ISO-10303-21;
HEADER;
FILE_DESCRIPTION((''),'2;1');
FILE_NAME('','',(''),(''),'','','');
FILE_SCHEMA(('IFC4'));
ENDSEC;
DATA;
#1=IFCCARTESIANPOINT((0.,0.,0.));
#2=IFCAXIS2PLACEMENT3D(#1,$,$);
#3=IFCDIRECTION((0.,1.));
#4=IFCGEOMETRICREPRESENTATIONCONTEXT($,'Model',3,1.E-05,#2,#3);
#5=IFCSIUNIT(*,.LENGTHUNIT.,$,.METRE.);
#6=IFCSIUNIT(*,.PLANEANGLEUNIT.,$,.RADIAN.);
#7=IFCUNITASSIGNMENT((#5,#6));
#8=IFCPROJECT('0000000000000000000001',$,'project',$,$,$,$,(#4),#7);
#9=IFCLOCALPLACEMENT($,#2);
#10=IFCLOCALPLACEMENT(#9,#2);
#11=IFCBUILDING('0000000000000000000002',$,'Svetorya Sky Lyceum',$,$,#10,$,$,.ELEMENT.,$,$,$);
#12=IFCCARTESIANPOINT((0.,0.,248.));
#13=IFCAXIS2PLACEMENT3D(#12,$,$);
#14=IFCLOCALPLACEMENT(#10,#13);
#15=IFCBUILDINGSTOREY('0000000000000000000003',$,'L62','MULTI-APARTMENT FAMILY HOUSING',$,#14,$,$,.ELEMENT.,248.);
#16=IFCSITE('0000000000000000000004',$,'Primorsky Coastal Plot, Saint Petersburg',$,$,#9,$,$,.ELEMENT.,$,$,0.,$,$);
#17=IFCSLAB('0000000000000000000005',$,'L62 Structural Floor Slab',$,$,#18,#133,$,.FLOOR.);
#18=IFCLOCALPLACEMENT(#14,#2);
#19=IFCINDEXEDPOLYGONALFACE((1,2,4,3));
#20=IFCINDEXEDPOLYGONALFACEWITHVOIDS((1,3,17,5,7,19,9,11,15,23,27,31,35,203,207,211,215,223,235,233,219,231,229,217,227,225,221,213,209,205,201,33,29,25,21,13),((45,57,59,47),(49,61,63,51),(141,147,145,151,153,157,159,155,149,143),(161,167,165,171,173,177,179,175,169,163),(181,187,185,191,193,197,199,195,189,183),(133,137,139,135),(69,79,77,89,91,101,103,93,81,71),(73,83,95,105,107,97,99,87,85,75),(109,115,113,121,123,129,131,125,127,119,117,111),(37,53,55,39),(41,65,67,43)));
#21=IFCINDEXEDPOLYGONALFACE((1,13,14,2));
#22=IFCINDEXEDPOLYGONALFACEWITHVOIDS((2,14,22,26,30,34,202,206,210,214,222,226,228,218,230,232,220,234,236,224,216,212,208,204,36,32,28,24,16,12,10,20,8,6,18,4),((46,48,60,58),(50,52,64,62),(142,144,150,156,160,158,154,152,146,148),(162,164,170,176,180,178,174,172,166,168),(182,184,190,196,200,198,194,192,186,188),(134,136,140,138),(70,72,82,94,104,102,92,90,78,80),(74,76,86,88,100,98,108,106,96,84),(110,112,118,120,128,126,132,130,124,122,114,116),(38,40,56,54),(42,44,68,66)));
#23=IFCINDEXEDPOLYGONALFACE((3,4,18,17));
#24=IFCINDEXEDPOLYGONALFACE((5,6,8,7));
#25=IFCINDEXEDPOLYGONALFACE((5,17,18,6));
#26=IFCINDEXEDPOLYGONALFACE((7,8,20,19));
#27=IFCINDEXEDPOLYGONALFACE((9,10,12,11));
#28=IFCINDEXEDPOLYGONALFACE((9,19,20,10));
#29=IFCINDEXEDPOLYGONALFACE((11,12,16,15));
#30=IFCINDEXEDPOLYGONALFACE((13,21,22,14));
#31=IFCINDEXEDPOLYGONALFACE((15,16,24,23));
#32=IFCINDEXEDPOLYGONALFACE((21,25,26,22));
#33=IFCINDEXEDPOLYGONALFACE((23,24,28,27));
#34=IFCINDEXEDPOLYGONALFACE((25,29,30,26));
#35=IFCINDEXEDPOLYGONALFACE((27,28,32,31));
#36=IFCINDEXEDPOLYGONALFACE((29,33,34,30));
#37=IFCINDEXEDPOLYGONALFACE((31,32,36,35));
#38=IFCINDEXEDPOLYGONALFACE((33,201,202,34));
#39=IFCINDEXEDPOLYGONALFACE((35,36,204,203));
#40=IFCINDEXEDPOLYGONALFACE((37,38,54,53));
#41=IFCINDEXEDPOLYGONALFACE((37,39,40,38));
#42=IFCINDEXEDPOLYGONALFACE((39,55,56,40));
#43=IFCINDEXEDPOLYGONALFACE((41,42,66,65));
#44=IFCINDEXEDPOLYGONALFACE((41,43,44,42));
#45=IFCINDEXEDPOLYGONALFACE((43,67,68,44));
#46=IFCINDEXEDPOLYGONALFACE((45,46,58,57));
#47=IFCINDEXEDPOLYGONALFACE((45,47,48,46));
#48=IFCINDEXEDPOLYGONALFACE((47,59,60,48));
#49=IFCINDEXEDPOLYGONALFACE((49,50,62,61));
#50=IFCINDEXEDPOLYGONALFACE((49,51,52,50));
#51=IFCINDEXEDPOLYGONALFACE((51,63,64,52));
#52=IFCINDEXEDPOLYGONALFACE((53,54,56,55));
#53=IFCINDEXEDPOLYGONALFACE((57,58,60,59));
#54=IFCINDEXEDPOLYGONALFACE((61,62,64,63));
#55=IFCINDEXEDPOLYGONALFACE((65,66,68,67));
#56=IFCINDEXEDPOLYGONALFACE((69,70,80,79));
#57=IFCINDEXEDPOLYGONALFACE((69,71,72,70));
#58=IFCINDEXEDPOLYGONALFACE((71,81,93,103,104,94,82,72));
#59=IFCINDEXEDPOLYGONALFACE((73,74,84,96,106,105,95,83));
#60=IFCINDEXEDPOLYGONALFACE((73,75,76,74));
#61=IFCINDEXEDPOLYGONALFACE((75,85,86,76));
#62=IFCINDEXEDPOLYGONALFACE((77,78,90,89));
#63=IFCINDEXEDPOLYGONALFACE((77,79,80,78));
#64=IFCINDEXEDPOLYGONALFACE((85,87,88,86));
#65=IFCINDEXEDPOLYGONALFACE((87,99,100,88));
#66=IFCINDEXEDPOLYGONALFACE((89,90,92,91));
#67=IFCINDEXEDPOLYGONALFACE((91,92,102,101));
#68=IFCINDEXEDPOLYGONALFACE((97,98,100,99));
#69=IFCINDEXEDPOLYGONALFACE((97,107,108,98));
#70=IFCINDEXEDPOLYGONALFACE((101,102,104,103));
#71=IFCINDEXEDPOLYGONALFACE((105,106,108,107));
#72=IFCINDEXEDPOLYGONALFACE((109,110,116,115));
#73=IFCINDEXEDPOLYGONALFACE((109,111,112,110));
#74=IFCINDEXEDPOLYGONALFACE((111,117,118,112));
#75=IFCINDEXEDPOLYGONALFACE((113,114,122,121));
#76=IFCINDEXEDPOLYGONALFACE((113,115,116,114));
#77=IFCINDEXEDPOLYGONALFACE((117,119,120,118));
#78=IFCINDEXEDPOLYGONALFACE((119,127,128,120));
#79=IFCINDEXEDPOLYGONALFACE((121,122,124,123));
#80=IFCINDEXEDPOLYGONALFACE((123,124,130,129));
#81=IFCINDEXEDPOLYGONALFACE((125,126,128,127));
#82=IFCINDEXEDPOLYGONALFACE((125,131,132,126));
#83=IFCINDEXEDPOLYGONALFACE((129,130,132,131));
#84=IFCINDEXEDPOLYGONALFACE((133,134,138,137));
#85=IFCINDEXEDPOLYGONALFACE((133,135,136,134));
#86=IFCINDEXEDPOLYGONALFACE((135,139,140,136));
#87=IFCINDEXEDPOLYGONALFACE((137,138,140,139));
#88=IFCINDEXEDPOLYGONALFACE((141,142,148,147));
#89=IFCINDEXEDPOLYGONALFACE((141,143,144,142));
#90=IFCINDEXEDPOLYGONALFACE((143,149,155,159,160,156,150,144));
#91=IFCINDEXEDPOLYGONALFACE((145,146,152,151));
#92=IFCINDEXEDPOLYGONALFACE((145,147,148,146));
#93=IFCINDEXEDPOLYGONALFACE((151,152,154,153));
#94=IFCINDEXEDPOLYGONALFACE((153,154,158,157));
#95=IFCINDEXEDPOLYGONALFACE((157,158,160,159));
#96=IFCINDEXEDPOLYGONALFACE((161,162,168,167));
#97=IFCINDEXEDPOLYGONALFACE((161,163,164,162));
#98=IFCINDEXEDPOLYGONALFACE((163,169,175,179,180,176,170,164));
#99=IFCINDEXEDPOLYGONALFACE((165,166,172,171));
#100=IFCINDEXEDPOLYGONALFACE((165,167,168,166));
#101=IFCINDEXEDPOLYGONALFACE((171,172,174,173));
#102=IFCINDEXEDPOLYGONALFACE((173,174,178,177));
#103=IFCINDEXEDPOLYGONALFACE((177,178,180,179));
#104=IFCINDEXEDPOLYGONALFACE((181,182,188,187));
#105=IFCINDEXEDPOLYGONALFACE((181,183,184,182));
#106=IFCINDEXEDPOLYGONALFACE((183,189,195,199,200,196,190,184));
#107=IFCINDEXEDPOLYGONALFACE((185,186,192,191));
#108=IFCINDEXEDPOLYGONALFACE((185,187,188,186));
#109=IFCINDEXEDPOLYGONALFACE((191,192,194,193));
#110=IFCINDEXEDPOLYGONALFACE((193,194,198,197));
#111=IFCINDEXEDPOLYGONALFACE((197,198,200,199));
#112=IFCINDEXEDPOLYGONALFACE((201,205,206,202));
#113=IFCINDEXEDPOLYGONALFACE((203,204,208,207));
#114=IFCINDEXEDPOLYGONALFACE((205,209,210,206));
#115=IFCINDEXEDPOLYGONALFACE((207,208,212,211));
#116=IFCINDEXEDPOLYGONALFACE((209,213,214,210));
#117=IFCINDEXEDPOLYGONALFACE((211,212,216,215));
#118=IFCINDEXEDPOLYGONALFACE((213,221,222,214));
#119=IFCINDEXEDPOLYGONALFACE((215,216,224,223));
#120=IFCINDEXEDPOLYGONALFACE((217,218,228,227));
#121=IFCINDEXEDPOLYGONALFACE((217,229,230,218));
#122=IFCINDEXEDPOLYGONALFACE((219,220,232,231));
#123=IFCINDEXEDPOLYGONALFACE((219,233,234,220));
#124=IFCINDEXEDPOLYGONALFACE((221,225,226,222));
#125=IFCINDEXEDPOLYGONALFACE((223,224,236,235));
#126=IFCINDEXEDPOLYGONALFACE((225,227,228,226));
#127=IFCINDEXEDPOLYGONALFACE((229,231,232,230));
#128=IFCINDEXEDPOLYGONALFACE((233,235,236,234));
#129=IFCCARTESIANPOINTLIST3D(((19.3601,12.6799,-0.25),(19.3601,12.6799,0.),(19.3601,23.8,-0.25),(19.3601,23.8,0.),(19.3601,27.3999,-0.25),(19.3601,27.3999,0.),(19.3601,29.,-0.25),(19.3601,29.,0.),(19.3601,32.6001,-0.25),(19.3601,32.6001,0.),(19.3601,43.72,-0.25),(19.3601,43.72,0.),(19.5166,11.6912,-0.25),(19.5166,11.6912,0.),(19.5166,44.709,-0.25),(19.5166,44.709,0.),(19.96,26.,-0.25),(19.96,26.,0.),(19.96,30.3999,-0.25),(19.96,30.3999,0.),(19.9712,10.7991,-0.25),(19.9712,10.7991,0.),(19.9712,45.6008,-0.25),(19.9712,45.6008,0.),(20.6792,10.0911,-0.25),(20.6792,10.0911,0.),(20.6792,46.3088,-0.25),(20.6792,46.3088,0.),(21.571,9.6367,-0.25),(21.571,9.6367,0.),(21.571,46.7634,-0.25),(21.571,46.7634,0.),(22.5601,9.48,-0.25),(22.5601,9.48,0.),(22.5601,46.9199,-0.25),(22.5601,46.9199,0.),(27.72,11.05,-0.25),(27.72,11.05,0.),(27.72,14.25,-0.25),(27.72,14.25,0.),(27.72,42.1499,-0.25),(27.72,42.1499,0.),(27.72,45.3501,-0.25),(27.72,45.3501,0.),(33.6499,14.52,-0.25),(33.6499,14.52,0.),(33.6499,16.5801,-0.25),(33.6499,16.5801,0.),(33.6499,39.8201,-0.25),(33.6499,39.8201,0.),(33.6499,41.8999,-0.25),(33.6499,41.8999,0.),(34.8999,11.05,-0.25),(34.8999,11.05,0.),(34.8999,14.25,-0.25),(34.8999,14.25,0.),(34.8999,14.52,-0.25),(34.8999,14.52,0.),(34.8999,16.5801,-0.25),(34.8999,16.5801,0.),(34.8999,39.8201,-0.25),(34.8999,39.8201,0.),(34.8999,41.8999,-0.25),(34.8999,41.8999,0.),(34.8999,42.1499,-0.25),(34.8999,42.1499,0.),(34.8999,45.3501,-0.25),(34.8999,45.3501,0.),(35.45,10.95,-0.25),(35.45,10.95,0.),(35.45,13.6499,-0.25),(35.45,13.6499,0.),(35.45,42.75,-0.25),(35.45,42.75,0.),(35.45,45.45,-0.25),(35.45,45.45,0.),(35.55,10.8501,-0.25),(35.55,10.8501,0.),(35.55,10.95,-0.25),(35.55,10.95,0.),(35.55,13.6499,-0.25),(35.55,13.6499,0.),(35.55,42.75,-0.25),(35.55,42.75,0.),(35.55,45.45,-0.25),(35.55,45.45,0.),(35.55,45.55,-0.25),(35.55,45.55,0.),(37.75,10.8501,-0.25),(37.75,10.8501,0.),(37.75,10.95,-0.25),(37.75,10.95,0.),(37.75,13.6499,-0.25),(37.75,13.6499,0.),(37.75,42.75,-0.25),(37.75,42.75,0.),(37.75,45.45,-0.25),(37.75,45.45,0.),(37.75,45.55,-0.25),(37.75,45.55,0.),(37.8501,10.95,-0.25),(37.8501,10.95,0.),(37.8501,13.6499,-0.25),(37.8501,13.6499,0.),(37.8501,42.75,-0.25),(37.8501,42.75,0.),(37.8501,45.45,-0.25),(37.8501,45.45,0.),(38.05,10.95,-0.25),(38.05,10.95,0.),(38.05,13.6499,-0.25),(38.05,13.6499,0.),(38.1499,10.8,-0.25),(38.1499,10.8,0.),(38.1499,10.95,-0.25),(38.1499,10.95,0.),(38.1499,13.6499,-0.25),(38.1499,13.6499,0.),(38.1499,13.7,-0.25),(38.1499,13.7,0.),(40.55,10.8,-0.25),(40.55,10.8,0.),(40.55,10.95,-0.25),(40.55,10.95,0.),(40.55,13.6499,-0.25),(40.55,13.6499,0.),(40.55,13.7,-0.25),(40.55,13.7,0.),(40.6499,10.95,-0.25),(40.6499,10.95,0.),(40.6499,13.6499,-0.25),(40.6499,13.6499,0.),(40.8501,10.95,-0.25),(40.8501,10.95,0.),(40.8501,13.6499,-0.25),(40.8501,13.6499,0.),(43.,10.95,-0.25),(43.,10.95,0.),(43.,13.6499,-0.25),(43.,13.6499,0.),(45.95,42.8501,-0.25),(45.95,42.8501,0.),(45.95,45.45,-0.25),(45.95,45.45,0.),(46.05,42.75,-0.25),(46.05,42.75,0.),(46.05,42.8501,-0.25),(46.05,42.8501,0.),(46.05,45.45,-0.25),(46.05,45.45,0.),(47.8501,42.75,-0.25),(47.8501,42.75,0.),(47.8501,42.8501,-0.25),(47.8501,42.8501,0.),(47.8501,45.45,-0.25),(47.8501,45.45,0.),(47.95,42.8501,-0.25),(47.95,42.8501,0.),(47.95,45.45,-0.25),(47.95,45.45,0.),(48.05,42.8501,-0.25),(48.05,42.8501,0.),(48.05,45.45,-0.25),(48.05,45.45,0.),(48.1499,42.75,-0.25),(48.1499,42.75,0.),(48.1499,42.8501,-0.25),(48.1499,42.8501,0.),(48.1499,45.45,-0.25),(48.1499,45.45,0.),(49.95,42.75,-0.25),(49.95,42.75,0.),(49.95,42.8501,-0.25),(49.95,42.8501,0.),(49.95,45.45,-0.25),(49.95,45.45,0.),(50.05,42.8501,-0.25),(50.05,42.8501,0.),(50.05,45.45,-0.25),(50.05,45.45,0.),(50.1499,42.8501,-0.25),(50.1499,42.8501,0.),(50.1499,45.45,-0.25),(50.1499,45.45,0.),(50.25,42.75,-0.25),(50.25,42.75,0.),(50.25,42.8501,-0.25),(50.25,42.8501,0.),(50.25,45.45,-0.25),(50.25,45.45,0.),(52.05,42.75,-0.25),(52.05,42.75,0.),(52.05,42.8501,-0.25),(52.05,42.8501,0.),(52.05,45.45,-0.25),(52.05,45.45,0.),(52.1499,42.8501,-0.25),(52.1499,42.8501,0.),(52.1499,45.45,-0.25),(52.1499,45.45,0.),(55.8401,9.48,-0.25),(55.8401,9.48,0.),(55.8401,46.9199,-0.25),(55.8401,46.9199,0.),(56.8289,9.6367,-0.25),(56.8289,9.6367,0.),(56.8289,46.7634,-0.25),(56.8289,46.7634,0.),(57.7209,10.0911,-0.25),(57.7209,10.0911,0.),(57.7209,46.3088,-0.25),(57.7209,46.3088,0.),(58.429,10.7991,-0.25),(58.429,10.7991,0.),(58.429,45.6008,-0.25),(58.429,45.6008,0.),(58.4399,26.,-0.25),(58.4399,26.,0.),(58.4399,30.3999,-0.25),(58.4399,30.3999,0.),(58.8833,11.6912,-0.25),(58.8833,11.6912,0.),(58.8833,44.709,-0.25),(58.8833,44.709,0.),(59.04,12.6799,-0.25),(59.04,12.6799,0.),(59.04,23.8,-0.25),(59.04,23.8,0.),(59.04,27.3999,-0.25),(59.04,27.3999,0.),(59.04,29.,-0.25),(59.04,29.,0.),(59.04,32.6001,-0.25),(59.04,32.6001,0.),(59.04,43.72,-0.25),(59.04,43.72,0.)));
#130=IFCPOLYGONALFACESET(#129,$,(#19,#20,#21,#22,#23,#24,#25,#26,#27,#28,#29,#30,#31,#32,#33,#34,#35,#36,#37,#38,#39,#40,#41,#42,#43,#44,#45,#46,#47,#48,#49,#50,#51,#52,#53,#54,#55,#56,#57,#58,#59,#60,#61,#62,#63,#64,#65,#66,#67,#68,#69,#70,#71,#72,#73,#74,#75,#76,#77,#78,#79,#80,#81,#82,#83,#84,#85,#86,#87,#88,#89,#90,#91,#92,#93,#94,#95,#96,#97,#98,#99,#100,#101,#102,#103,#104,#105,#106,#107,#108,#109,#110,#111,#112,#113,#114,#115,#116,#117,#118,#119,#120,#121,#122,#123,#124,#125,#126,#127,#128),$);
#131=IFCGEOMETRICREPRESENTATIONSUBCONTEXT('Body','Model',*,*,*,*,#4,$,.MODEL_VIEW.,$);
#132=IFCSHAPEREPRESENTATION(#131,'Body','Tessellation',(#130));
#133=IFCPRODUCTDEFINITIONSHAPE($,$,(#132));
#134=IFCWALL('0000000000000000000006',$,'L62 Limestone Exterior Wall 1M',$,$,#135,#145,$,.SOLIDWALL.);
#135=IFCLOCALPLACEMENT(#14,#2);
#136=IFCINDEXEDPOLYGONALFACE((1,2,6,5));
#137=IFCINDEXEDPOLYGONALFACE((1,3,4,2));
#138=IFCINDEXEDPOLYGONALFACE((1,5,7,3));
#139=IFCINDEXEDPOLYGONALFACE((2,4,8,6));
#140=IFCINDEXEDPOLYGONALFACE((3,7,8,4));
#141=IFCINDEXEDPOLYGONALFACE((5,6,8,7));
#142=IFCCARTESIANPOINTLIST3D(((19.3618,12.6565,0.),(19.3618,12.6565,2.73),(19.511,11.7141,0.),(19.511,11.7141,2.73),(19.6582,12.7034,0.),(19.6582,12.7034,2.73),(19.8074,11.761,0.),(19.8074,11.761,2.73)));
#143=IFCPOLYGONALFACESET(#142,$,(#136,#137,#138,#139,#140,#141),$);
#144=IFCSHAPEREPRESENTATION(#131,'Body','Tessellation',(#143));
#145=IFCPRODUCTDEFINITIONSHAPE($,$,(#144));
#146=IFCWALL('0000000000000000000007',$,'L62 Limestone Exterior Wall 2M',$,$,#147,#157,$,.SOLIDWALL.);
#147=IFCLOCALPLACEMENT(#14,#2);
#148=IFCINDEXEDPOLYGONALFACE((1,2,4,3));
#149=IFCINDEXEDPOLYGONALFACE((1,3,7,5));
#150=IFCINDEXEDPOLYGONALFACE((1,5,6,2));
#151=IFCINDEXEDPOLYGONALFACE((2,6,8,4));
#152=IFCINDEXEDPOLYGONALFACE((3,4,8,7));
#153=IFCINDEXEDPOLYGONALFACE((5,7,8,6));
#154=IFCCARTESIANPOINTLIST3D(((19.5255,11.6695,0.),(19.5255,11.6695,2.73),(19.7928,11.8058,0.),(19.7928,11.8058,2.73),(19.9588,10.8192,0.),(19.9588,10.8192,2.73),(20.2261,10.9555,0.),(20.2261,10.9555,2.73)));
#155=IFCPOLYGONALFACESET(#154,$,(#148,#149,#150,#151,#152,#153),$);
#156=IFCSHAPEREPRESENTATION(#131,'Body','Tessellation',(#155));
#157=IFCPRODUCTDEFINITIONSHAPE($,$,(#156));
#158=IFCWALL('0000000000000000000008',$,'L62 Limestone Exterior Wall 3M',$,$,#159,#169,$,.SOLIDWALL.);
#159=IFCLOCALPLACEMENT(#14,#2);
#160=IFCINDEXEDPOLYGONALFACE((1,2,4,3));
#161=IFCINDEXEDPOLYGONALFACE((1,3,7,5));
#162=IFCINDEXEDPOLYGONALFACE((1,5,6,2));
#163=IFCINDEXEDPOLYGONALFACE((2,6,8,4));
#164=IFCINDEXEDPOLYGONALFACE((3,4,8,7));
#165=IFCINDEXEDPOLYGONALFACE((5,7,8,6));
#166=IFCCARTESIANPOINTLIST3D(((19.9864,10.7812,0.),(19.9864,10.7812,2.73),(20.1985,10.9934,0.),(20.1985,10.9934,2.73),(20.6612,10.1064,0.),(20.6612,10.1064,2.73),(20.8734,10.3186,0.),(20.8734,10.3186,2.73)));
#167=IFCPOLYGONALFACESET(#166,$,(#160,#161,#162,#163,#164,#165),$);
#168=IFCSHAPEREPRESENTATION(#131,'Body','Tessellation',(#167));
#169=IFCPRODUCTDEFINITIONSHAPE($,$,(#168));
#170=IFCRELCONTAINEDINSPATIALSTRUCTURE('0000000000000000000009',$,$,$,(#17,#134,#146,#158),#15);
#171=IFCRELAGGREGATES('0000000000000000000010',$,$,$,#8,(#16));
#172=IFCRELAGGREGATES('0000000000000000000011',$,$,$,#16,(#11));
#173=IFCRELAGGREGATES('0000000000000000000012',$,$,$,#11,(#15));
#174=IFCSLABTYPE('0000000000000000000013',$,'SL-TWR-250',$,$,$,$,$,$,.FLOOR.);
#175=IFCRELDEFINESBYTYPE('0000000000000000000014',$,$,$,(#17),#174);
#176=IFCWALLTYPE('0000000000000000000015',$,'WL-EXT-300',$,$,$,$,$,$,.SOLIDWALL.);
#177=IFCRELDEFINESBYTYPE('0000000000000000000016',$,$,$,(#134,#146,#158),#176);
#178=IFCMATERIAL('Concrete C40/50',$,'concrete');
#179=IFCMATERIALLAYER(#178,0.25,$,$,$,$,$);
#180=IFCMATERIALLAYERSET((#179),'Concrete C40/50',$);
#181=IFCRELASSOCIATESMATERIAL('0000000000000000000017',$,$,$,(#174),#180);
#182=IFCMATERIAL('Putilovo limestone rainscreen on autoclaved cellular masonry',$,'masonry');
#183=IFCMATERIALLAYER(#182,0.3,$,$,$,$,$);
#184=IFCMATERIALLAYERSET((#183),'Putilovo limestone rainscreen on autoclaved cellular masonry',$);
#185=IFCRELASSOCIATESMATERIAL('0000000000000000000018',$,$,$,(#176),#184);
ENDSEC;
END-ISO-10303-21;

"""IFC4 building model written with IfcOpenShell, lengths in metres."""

from ifc_helpers import new_model, si_unit, direction, frame, frame_2d, origin, place, context, subcontext, project, spatial, polyline, rectangle, outline, extrude, material, layer, layer_set, type_object, element, save


model = new_model("IFC4")

# Units and contexts
model_context = context("Model", 3, precision=1e-05, world=origin(), true_north=direction((0.0, 1.0)))
body_context = subcontext(model_context, "Body", "Model", "MODEL_VIEW")
ifc_project = project(units=[si_unit("LENGTHUNIT", "METRE"), si_unit("PLANEANGLEUNIT", "RADIAN")], contexts=[model_context])

# Site, building, storey
site_placement = place(None, origin())
site = spatial("IfcSite", under=ifc_project, at=site_placement, Name="Primorsky Coastal Plot, Saint Petersburg", CompositionType="ELEMENT", RefElevation=0.0)
building_placement = place(site_placement, origin())
building = spatial("IfcBuilding", under=site, at=building_placement, Name="Svetorya Sky Lyceum", CompositionType="ELEMENT")
storey_placement = place(building_placement, frame((0.0, 0.0, 248.0)))
storey = spatial("IfcBuildingStorey", under=building, at=storey_placement, Name="L62", Description="MULTI-APARTMENT FAMILY HOUSING", CompositionType="ELEMENT", Elevation=248.0)

# Shared definitions
ifc_material_1 = material(Name="Concrete C40/50", Category="concrete")

# Slab
ifc_layer_1 = layer(ifc_material_1, 0.25)
ifc_layer_set_1 = layer_set([ifc_layer_1], Name="Concrete C40/50")
slab_type_1 = type_object("IfcSlabType", Name="SL-TWR-250", PredefinedType="FLOOR", material=ifc_layer_set_1)
slab_1_placement = place(storey_placement, frame((0.0, 0.0, -0.25)))
element("IfcSlab", 1, at=slab_1_placement, inside=storey, type_object=slab_type_1, Name="L62 Structural Floor Slab", PredefinedType="FLOOR", context=body_context, shape_type="SweptSolid", body=[
    extrude(outline(polyline([(19.3601, 12.6799), (19.5166, 11.6912), (19.9712, 10.7991), (20.6792, 10.0911), (21.571, 9.6367), (22.5601, 9.48), (55.8401, 9.48), (56.8289, 9.6367), (57.7209, 10.0911), (58.429, 10.7991), (58.8833, 11.6912), (59.04, 12.6799), (59.04, 23.8), (58.4399, 26.0), (59.04, 27.3999), (59.04, 29.0), (58.4399, 30.3999), (59.04, 32.6001), (59.04, 43.72), (58.8833, 44.709), (58.429, 45.6008), (57.7209, 46.3088), (56.8289, 46.7634), (55.8401, 46.9199), (22.5601, 46.9199), (21.571, 46.7634), (20.6792, 46.3088), (19.9712, 45.6008), (19.5166, 44.709), (19.3601, 43.72), (19.3601, 32.6001), (19.96, 30.3999), (19.3601, 29.0), (19.3601, 27.3999), (19.96, 26.0), (19.3601, 23.8), (19.3601, 12.6799)]), holes=[polyline([(37.8501, 10.95), (37.75, 10.95), (37.75, 10.8501), (35.55, 10.8501), (35.55, 10.95), (35.45, 10.95), (35.45, 13.6499), (35.55, 13.6499), (37.75, 13.6499), (37.8501, 13.6499), (37.8501, 10.95)]), polyline([(38.1499, 10.8), (38.1499, 10.95), (38.05, 10.95), (38.05, 13.6499), (38.1499, 13.6499), (38.1499, 13.7), (40.55, 13.7), (40.55, 13.6499), (40.6499, 13.6499), (40.6499, 10.95), (40.55, 10.95), (40.55, 10.8), (38.1499, 10.8)]), polyline([(27.72, 11.05), (27.72, 14.25), (34.8999, 14.25), (34.8999, 11.05), (27.72, 11.05)]), polyline([(33.6499, 14.52), (33.6499, 16.5801), (34.8999, 16.5801), (34.8999, 14.52), (33.6499, 14.52)]), polyline([(33.6499, 39.8201), (33.6499, 41.8999), (34.8999, 41.8999), (34.8999, 39.8201), (33.6499, 39.8201)]), polyline([(27.72, 42.1499), (27.72, 45.3501), (34.8999, 45.3501), (34.8999, 42.1499), (27.72, 42.1499)]), polyline([(37.75, 42.75), (35.55, 42.75), (35.45, 42.75), (35.45, 45.45), (35.55, 45.45), (35.55, 45.55), (37.75, 45.55), (37.75, 45.45), (37.8501, 45.45), (37.8501, 42.75), (37.75, 42.75)]), polyline([(40.8501, 10.95), (40.8501, 13.6499), (43.0, 13.6499), (43.0, 10.95), (40.8501, 10.95)]), polyline([(46.05, 42.75), (46.05, 42.8501), (45.95, 42.8501), (45.95, 45.45), (46.05, 45.45), (47.8501, 45.45), (47.95, 45.45), (47.95, 42.8501), (47.8501, 42.8501), (47.8501, 42.75), (46.05, 42.75)]), polyline([(50.05, 42.8501), (49.95, 42.8501), (49.95, 42.75), (48.1499, 42.75), (48.1499, 42.8501), (48.05, 42.8501), (48.05, 45.45), (48.1499, 45.45), (49.95, 45.45), (50.05, 45.45), (50.05, 42.8501)]), polyline([(52.1499, 42.8501), (52.05, 42.8501), (52.05, 42.75), (50.25, 42.75), (50.25, 42.8501), (50.1499, 42.8501), (50.1499, 45.45), (50.25, 45.45), (52.05, 45.45), (52.1499, 45.45), (52.1499, 42.8501)])]), origin(), (0.0, 0.0, 1.0), 0.25),
])

# Walls
ifc_material_2 = material(Name="Putilovo limestone rainscreen on autoclaved cellular masonry", Category="masonry")
ifc_layer_2 = layer(ifc_material_2, 0.3)
ifc_layer_set_2 = layer_set([ifc_layer_2], Name="Putilovo limestone rainscreen on autoclaved cellular masonry")
wall_type_1 = type_object("IfcWallType", Name="WL-EXT-300", PredefinedType="SOLIDWALL", material=ifc_layer_set_2)
wall_1_placement = place(storey_placement, frame((19.51, 12.6799, 0.0), z_axis=(0.0, 0.0, 1.0), x_axis=(0.156344, -0.987703, 0.0)))
element("IfcWall", 2, at=wall_1_placement, inside=storey, type_object=wall_type_1, Name="L62 Limestone Exterior Wall 1M", PredefinedType="SOLIDWALL", context=body_context, shape_type="SweptSolid", body=[
    extrude(rectangle(XDim=0.9541, YDim=0.3, at=frame_2d((0.4771, 0.0))), origin(), (0.0, 0.0, 1.0), 2.73),
])
for number, where, z_axis, x_axis, name in (
    (3, (19.6592, 11.7375, 0.0), (0.0, 0.0, 1.0), (0.454056, -0.890973, 0.0), "L62 Limestone Exterior Wall 2M"),
    (4, (20.0925, 10.8872, 0.0), (0.0, 0.0, 1.0), (0.707107, -0.707107, 0.0), "L62 Limestone Exterior Wall 3M"),
):
    element("IfcWall", number, at=place(storey_placement, frame(where, z_axis=z_axis, x_axis=x_axis)), inside=storey, type_object=wall_type_1, Name=name, PredefinedType="SOLIDWALL", context=body_context, shape_type="SweptSolid", body=[
        extrude(rectangle(XDim=0.9543, YDim=0.3, at=frame_2d((0.4771, 0.0))), origin(), (0.0, 0.0, 1.0), 2.73),
    ])

save(model, "model.ifc")
